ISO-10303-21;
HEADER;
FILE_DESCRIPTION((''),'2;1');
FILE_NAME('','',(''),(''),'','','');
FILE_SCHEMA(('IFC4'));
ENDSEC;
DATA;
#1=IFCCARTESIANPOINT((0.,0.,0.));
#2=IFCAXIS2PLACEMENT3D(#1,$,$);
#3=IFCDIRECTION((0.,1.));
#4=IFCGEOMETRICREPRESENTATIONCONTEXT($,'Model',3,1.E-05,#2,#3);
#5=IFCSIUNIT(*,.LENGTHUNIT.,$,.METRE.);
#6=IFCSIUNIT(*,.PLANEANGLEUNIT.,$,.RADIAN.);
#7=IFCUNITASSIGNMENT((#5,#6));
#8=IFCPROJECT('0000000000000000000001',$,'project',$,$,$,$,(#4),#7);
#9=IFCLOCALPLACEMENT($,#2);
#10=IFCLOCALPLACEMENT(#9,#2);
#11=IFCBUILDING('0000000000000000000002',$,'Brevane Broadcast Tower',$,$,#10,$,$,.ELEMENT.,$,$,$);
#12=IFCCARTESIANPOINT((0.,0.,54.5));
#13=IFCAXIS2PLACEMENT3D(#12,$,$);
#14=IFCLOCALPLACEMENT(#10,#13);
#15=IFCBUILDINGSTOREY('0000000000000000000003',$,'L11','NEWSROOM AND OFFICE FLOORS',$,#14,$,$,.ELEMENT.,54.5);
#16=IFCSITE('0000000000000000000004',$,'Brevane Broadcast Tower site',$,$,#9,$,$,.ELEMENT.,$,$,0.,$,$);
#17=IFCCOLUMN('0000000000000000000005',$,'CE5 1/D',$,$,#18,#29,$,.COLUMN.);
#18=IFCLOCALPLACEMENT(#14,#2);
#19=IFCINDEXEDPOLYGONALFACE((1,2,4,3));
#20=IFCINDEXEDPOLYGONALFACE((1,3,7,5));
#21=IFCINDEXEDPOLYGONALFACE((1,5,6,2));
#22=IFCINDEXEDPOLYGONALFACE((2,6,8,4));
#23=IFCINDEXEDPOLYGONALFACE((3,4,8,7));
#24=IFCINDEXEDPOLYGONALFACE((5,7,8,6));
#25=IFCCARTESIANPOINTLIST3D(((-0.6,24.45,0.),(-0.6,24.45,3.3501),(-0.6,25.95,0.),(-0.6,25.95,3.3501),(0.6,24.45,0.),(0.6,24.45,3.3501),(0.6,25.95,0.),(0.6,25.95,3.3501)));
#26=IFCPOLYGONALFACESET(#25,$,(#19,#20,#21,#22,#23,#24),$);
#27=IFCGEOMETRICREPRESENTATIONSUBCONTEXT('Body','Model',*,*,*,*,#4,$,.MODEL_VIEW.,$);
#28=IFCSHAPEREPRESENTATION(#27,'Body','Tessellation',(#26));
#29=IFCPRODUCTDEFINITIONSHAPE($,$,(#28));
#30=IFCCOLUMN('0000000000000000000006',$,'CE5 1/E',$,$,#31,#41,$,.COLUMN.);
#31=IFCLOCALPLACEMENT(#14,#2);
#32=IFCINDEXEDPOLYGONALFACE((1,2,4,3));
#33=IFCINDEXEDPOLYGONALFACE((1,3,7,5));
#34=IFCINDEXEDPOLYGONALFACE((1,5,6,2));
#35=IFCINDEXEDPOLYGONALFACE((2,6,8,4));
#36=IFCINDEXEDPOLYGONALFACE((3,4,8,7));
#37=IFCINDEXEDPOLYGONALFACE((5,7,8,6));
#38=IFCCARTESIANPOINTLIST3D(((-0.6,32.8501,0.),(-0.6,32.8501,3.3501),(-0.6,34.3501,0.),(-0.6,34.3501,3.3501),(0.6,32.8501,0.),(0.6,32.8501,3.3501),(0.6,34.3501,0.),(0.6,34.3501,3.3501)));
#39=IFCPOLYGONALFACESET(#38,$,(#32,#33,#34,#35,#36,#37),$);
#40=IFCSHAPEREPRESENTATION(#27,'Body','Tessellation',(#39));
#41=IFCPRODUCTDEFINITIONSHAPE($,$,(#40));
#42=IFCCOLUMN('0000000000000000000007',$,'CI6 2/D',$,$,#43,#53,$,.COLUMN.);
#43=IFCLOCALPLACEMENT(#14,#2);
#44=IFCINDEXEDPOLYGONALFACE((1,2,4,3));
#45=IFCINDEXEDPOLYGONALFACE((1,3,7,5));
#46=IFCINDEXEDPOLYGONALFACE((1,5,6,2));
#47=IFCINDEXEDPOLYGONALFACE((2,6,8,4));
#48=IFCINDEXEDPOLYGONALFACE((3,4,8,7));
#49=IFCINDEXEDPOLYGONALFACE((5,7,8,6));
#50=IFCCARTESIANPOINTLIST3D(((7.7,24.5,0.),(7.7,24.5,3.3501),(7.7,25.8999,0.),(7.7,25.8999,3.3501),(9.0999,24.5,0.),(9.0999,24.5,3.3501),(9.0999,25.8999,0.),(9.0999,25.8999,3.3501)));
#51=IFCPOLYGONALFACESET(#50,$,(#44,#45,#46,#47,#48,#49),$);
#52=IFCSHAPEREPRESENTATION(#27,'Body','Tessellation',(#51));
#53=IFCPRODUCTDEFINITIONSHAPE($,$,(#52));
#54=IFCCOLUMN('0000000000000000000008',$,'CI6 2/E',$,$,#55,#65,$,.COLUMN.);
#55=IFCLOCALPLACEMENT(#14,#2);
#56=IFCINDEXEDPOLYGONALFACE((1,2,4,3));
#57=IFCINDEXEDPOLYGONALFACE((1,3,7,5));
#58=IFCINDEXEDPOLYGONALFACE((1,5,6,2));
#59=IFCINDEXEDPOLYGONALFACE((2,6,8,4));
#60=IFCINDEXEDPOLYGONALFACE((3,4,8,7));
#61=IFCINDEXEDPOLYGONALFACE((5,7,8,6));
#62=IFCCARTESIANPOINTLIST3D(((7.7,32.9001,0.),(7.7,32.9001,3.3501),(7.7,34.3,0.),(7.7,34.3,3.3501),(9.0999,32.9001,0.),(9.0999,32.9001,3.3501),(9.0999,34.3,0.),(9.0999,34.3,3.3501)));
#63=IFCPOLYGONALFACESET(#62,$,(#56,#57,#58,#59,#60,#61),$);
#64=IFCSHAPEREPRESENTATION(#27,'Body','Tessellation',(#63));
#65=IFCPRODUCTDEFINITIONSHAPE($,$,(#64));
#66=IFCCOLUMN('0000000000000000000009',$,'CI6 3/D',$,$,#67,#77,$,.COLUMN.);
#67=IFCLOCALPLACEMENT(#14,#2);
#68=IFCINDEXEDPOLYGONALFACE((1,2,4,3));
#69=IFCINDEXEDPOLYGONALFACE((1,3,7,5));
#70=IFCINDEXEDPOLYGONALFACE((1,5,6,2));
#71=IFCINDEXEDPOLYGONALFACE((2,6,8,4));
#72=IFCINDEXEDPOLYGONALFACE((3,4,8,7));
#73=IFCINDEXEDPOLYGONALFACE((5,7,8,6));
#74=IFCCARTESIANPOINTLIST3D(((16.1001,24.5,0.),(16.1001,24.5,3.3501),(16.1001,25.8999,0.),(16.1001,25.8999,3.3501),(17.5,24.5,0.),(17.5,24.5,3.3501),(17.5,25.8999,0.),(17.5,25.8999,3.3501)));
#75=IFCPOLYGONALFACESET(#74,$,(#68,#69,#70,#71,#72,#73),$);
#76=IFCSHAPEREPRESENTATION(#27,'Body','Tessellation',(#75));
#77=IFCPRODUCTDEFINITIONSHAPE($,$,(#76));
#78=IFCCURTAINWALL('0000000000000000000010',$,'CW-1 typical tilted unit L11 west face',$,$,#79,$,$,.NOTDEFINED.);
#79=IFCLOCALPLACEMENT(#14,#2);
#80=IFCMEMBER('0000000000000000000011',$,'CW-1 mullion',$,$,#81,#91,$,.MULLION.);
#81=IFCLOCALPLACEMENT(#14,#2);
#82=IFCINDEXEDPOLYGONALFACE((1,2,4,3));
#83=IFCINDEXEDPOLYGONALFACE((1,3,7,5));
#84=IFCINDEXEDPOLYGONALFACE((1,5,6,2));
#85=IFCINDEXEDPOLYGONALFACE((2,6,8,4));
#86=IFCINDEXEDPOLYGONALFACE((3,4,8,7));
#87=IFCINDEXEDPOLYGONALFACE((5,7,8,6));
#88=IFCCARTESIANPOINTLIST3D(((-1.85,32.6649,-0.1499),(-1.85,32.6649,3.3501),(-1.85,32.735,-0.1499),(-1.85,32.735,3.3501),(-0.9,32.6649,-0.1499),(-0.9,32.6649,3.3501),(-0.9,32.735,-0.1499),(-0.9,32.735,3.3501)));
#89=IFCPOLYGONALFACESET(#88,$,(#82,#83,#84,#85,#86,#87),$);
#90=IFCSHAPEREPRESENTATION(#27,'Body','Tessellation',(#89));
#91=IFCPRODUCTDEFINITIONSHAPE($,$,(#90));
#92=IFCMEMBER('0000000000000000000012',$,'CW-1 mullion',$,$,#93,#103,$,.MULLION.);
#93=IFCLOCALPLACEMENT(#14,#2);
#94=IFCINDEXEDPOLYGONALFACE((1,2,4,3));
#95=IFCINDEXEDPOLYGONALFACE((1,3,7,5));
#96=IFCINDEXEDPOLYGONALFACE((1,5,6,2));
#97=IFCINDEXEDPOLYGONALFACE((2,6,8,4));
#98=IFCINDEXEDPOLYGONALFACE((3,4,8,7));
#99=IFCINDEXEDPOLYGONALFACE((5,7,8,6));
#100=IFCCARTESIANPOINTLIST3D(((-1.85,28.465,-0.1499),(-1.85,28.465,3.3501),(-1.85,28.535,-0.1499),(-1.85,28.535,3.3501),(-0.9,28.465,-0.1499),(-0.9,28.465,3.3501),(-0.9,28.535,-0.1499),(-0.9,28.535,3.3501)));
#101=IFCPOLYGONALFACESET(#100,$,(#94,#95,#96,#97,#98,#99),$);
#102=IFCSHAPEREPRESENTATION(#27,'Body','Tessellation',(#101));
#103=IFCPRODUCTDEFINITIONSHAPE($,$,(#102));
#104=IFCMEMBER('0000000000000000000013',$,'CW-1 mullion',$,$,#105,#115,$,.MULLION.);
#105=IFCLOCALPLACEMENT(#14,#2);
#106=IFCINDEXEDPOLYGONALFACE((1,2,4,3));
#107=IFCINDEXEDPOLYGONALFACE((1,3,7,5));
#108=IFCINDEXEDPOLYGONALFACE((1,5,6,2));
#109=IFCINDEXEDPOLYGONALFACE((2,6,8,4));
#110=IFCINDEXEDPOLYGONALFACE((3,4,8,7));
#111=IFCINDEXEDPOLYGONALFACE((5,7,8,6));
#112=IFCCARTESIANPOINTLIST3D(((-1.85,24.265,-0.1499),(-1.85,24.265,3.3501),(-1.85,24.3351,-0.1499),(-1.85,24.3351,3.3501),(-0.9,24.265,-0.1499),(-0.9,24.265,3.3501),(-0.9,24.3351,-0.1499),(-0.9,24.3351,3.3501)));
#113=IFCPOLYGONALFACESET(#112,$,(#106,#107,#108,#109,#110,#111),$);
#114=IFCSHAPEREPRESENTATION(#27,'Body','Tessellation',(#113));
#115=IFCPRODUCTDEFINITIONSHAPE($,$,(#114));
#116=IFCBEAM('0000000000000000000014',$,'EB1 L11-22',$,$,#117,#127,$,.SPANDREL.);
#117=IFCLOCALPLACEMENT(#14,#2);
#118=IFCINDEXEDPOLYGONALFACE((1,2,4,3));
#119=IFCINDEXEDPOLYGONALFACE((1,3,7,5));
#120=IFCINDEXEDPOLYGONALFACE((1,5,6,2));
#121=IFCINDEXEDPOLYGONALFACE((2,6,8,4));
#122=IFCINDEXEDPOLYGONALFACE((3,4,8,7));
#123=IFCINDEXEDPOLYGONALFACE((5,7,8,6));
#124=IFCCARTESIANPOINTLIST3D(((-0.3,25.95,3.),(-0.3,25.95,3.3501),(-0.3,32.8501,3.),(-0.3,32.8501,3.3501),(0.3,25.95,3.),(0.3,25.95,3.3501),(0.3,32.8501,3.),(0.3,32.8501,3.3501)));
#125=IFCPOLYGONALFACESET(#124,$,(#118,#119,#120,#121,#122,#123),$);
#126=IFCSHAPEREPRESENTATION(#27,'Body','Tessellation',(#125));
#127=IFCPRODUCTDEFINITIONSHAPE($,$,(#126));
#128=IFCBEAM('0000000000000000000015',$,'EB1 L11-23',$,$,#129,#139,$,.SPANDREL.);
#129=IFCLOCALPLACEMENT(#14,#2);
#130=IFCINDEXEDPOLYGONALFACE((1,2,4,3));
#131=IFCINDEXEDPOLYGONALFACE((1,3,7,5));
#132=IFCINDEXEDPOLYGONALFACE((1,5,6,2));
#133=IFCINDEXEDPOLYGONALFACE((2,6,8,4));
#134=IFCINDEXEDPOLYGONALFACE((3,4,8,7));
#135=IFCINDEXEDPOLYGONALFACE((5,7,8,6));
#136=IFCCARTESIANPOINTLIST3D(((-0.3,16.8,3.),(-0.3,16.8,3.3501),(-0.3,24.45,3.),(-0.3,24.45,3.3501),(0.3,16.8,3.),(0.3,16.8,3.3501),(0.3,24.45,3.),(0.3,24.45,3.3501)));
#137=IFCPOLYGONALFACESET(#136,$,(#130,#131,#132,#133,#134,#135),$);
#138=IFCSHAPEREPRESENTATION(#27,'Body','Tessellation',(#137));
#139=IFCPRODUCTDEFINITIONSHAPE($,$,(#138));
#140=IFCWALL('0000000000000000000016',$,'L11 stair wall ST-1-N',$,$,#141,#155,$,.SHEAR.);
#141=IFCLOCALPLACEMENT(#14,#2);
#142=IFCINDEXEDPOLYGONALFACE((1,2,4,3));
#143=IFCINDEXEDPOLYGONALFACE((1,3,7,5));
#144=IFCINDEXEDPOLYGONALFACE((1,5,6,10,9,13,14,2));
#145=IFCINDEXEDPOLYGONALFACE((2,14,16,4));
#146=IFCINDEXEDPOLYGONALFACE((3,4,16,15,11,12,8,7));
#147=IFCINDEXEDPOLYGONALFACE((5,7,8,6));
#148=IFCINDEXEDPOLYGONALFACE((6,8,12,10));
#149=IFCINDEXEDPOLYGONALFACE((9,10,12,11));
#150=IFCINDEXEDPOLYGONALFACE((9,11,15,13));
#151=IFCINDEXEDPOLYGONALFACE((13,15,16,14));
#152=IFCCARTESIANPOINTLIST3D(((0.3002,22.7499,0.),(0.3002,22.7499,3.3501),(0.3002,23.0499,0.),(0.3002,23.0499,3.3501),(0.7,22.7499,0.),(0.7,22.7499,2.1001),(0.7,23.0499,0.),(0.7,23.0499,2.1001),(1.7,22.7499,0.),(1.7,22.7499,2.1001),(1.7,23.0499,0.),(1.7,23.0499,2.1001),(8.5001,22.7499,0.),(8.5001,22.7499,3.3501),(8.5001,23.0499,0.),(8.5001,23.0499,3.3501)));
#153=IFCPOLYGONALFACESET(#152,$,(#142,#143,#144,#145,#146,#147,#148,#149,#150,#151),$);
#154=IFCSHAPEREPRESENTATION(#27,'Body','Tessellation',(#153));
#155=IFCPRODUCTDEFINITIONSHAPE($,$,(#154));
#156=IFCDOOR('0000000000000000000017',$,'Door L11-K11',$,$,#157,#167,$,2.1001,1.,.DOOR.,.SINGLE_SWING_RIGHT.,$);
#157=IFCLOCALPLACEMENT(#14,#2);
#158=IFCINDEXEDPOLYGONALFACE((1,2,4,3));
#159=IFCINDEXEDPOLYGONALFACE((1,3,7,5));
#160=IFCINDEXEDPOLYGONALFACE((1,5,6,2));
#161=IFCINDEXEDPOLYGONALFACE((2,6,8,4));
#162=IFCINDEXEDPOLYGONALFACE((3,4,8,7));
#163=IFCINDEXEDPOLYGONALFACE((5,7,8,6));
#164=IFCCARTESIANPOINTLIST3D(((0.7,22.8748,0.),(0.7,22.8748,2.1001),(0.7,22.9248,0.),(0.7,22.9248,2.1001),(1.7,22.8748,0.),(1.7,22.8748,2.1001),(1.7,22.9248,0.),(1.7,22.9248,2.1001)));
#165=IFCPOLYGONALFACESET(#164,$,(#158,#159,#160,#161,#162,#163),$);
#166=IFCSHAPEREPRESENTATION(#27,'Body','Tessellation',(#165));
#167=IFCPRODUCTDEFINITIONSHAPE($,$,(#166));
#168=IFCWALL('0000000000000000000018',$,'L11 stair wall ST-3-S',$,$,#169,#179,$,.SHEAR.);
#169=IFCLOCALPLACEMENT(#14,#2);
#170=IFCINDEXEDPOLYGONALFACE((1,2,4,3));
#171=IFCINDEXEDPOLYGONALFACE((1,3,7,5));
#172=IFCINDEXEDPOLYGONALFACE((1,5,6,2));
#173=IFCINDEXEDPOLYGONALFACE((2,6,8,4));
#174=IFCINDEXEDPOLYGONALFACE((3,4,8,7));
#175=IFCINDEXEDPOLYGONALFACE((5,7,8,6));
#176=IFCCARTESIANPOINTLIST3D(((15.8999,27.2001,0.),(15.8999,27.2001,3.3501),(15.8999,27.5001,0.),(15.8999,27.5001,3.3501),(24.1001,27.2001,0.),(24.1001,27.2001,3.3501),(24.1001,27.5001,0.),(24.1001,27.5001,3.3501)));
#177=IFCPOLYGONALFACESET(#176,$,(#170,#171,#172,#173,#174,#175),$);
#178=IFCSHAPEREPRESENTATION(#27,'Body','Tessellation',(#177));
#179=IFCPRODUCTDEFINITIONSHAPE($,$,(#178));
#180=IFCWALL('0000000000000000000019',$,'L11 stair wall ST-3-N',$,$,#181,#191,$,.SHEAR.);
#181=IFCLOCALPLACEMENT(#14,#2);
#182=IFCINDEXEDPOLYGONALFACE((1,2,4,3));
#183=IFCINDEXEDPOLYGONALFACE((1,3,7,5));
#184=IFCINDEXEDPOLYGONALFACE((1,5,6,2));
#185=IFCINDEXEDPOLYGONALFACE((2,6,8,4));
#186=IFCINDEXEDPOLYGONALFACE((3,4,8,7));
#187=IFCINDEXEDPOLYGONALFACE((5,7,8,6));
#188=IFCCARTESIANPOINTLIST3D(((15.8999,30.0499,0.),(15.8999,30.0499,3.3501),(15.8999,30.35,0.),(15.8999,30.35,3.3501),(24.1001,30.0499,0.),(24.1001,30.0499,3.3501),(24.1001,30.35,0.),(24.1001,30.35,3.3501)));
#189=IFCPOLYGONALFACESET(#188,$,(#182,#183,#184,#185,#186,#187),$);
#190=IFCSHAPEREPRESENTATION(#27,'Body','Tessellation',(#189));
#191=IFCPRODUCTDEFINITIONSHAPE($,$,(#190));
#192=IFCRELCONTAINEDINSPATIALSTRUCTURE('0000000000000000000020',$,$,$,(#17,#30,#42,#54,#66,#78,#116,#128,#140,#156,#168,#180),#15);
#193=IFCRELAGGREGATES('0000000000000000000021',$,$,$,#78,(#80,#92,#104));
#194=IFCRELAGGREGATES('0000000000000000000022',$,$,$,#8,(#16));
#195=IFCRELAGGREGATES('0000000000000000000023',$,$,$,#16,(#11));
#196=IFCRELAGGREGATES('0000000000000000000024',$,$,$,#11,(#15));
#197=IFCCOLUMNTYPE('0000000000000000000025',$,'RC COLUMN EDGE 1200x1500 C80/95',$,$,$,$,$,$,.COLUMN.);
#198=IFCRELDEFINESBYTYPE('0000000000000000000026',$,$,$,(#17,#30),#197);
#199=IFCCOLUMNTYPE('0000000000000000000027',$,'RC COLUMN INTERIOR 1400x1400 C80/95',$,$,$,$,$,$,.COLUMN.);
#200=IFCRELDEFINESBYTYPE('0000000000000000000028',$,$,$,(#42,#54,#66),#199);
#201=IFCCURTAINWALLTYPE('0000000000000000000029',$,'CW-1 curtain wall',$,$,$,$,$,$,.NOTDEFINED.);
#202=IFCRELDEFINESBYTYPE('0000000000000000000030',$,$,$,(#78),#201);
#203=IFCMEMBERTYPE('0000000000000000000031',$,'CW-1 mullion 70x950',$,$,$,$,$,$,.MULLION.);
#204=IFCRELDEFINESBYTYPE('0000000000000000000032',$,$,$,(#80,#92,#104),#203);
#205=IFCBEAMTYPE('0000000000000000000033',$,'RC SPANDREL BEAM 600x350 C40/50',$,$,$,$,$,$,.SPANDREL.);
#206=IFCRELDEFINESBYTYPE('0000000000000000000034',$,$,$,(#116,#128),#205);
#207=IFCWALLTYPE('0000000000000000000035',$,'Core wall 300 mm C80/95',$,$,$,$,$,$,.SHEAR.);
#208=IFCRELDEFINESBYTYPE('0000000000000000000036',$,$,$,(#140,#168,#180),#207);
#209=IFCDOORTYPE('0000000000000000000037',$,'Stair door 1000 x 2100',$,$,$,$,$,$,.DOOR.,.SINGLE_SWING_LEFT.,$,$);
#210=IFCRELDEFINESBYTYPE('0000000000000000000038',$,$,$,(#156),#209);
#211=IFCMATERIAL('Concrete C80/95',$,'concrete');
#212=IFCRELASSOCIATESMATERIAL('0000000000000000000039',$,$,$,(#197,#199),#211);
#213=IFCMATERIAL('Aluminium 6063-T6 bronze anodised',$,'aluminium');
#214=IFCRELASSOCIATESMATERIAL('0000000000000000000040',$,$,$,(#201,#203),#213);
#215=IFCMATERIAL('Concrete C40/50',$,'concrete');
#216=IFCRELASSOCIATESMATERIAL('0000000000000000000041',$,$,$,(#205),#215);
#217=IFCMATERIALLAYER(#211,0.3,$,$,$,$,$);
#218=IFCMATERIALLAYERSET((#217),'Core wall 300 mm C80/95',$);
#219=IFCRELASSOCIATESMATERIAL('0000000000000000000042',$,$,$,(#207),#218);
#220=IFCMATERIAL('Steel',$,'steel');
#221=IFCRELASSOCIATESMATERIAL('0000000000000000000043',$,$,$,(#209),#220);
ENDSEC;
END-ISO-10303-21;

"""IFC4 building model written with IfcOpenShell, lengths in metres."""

from ifc_helpers import new_model, si_unit, direction, frame, frame_2d, origin, origin_2d, place, context, subcontext, project, spatial, rectangle, extrude, material, layer, layer_set, material_profile, profile_set, type_object, element, fill, aggregate, save


model = new_model("IFC4")

# Units and contexts
model_context = context("Model", 3, precision=1e-05, world=origin(), true_north=direction((0.0, 1.0)))
body_context = subcontext(model_context, "Body", "Model", "MODEL_VIEW")
ifc_project = project(units=[si_unit("LENGTHUNIT", "METRE"), si_unit("PLANEANGLEUNIT", "RADIAN")], contexts=[model_context])

# Site, building, storey
site_placement = place(None, origin())
site = spatial("IfcSite", under=ifc_project, at=site_placement, Name="Brevane Broadcast Tower site", CompositionType="ELEMENT", RefElevation=0.0)
building_placement = place(site_placement, origin())
building = spatial("IfcBuilding", under=site, at=building_placement, Name="Brevane Broadcast Tower", CompositionType="ELEMENT")
storey_placement = place(building_placement, frame((0.0, 0.0, 54.5)))
storey = spatial("IfcBuildingStorey", under=building, at=storey_placement, Name="L11", Description="NEWSROOM AND OFFICE FLOORS", CompositionType="ELEMENT", Elevation=54.5)

# Columns
ifc_material_1 = material(Name="Concrete C80/95", Category="concrete")
ifc_material_profile_1 = material_profile(ifc_material_1, rectangle(XDim=1.2, YDim=1.5, at=origin_2d()), Name="RC 1200x1500")
ifc_profile_set_1 = profile_set([ifc_material_profile_1], Name="Concrete C80/95")
column_type_1 = type_object("IfcColumnType", Name="RC COLUMN EDGE 1200x1500 C80/95", PredefinedType="COLUMN", material=ifc_profile_set_1)
for number, where, z_axis, x_axis, name in (
    (1, (0.0, 25.2, 0.0), (0.0, 0.0, 1.0), (1.0, 0.0, 0.0), "CE5 1/D"),
    (2, (0.0, 33.6001, 0.0), (0.0, 0.0, 1.0), (1.0, 0.0, 0.0), "CE5 1/E"),
):
    element("IfcColumn", number, at=place(storey_placement, frame(where, z_axis=z_axis, x_axis=x_axis)), inside=storey, type_object=column_type_1, Name=name, PredefinedType="COLUMN", context=body_context, shape_type="SweptSolid", body=[
        extrude(rectangle(XDim=1.2, YDim=1.5, at=origin_2d()), origin(), (0.0, 0.0, 1.0), 3.3501),
    ])
ifc_material_profile_2 = material_profile(ifc_material_1, rectangle(XDim=1.3999, YDim=1.3999, at=origin_2d()), Name="RC 1400x1400")
ifc_profile_set_2 = profile_set([ifc_material_profile_2], Name="Concrete C80/95")
column_type_2 = type_object("IfcColumnType", Name="RC COLUMN INTERIOR 1400x1400 C80/95", PredefinedType="COLUMN", material=ifc_profile_set_2)
for number, where, z_axis, x_axis, name in (
    (3, (8.3999, 25.2, 0.0), (0.0, 0.0, 1.0), (1.0, 0.0, 0.0), "CI6 2/D"),
    (4, (8.3999, 33.6001, 0.0), (0.0, 0.0, 1.0), (1.0, 0.0, 0.0), "CI6 2/E"),
    (5, (16.8, 25.2, 0.0), (0.0, 0.0, 1.0), (1.0, 0.0, 0.0), "CI6 3/D"),
):
    element("IfcColumn", number, at=place(storey_placement, frame(where, z_axis=z_axis, x_axis=x_axis)), inside=storey, type_object=column_type_2, Name=name, PredefinedType="COLUMN", context=body_context, shape_type="SweptSolid", body=[
        extrude(rectangle(XDim=1.3999, YDim=1.3999, at=origin_2d()), origin(), (0.0, 0.0, 1.0), 3.3501),
    ])

# Curtain wall, members
ifc_material_2 = material(Name="Aluminium 6063-T6 bronze anodised", Category="aluminium")
curtain_wall_type = type_object("IfcCurtainWallType", Name="CW-1 curtain wall", PredefinedType="NOTDEFINED", material=ifc_material_2)
curtain_wall_placement = place(storey_placement, origin())
curtain_wall = element("IfcCurtainWall", 6, at=curtain_wall_placement, inside=storey, type_object=curtain_wall_type, Name="CW-1 typical tilted unit L11 west face", PredefinedType="NOTDEFINED")
ifc_material_profile_3 = material_profile(ifc_material_2, rectangle(XDim=0.95, YDim=0.0701, at=origin_2d()), Name="RECT 70x950")
ifc_profile_set_3 = profile_set([ifc_material_profile_3], Name="Aluminium 6063-T6 bronze anodised")
member_type = type_object("IfcMemberType", Name="CW-1 mullion 70x950", PredefinedType="MULLION", material=ifc_profile_set_3)
member_1_placement = place(storey_placement, frame((-1.375, 32.7, -0.1499), z_axis=(0.0, 0.0, 1.0), x_axis=(1.0, 0.0, 0.0)))
member_1 = element("IfcMember", 7, at=member_1_placement, type_object=member_type, Name="CW-1 mullion", PredefinedType="MULLION", context=body_context, shape_type="SweptSolid", body=[
    extrude(rectangle(XDim=0.95, YDim=0.0701, at=origin_2d()), origin(), (0.0, 0.0, 1.0), 3.5),
])
member_2_placement = place(storey_placement, frame((-1.375, 28.5, -0.1499), z_axis=(0.0, 0.0, 1.0), x_axis=(1.0, 0.0, 0.0)))
member_2 = element("IfcMember", 8, at=member_2_placement, type_object=member_type, Name="CW-1 mullion", PredefinedType="MULLION", context=body_context, shape_type="SweptSolid", body=[
    extrude(rectangle(XDim=0.95, YDim=0.0701, at=origin_2d()), origin(), (0.0, 0.0, 1.0), 3.5),
])
member_3_placement = place(storey_placement, frame((-1.375, 24.3, -0.1499), z_axis=(0.0, 0.0, 1.0), x_axis=(1.0, 0.0, 0.0)))
member_3 = element("IfcMember", 9, at=member_3_placement, type_object=member_type, Name="CW-1 mullion", PredefinedType="MULLION", context=body_context, shape_type="SweptSolid", body=[
    extrude(rectangle(XDim=0.95, YDim=0.0701, at=origin_2d()), origin(), (0.0, 0.0, 1.0), 3.5),
])
aggregate(curtain_wall, [member_1, member_2, member_3])

# Beams
ifc_material_3 = material(Name="Concrete C40/50", Category="concrete")
ifc_material_profile_4 = material_profile(ifc_material_3, rectangle(XDim=0.6001, YDim=0.3501, at=origin_2d()), Name="RC 600x350")
ifc_profile_set_4 = profile_set([ifc_material_profile_4], Name="Concrete C40/50")
beam_type = type_object("IfcBeamType", Name="RC SPANDREL BEAM 600x350 C40/50", PredefinedType="SPANDREL", material=ifc_profile_set_4)
beam_1_placement = place(storey_placement, frame((0.0, 32.8501, 3.175), z_axis=(0.0, -1.0, 0.0), x_axis=(1.0, 0.0, 0.0)))
element("IfcBeam", 10, at=beam_1_placement, inside=storey, type_object=beam_type, Name="EB1 L11-22", PredefinedType="SPANDREL", context=body_context, shape_type="SweptSolid", body=[
    extrude(rectangle(XDim=0.6001, YDim=0.3501, at=origin_2d()), origin(), (0.0, 0.0, 1.0), 6.9001),
])
beam_2_placement = place(storey_placement, frame((0.0, 24.45, 3.175), z_axis=(0.0, -1.0, 0.0), x_axis=(1.0, 0.0, 0.0)))
element("IfcBeam", 11, at=beam_2_placement, inside=storey, type_object=beam_type, Name="EB1 L11-23", PredefinedType="SPANDREL", context=body_context, shape_type="SweptSolid", body=[
    extrude(rectangle(XDim=0.6001, YDim=0.3501, at=origin_2d()), origin(), (0.0, 0.0, 1.0), 7.6499),
])

# Wall, opening, door
ifc_layer_1 = layer(ifc_material_1, 0.3)
ifc_layer_set_1 = layer_set([ifc_layer_1], Name="Core wall 300 mm C80/95")
wall_type_1 = type_object("IfcWallType", Name="Core wall 300 mm C80/95", PredefinedType="SHEAR", material=ifc_layer_set_1)
wall_1_placement = place(storey_placement, frame((0.3, 22.8999, 0.0), z_axis=(0.0, 0.0, 1.0), x_axis=(1.0, 0.0, 0.0)))
wall_1 = element("IfcWall", 12, at=wall_1_placement, inside=storey, type_object=wall_type_1, Name="L11 stair wall ST-1-N", PredefinedType="SHEAR", context=body_context, shape_type="SweptSolid", body=[
    extrude(rectangle(XDim=8.2, YDim=0.3, at=frame_2d((4.1001, 0.0))), origin(), (0.0, 0.0, 1.0), 3.3501),
])
opening_1_placement = place(wall_1_placement, frame((0.3999, 0.0, 0.0)))
opening_1 = element("IfcOpeningElement", 13, at=opening_1_placement, cuts=wall_1, PredefinedType="OPENING", context=body_context, shape_type="SweptSolid", body=[
    extrude(rectangle(XDim=1.0, YDim=2.1001, at=frame_2d((0.5, 1.05))), frame((0.0, 0.1599, 0.0), z_axis=(0.0, -1.0, 0.0), x_axis=(1.0, 0.0, 0.0)), (0.0, 0.0, 1.0), 0.3201),
])
ifc_material_4 = material(Name="Steel", Category="steel")
door_type_1 = type_object("IfcDoorType", Name="Stair door 1000 x 2100", OperationType="SINGLE_SWING_LEFT", PredefinedType="DOOR", material=ifc_material_4)
door_1_placement = place(opening_1_placement, origin())
door_1 = element("IfcDoor", 14, at=door_1_placement, inside=storey, type_object=door_type_1, Name="Door L11-K11", OperationType="SINGLE_SWING_RIGHT", OverallHeight=2.1001, OverallWidth=1.0, PredefinedType="DOOR", context=body_context, shape_type="SweptSolid", body=[
    extrude(rectangle(XDim=1.0, YDim=2.1001, at=frame_2d((0.5, 1.05))), frame((0.0, 0.0249, 0.0), z_axis=(0.0, -1.0, 0.0), x_axis=(1.0, 0.0, 0.0)), (0.0, 0.0, 1.0), 0.05),
])
fill(opening_1, door_1)

# Walls
for number, where, z_axis, x_axis, name in (
    (15, (15.8999, 27.3501, 0.0), (0.0, 0.0, 1.0), (1.0, 0.0, 0.0), "L11 stair wall ST-3-S"),
    (16, (15.8999, 30.2, 0.0), (0.0, 0.0, 1.0), (1.0, 0.0, 0.0), "L11 stair wall ST-3-N"),
):
    element("IfcWall", number, at=place(storey_placement, frame(where, z_axis=z_axis, x_axis=x_axis)), inside=storey, type_object=wall_type_1, Name=name, PredefinedType="SHEAR", context=body_context, shape_type="SweptSolid", body=[
        extrude(rectangle(XDim=8.2002, YDim=0.3, at=frame_2d((4.1001, 0.0))), origin(), (0.0, 0.0, 1.0), 3.3501),
    ])

save(model, "model.ifc")
